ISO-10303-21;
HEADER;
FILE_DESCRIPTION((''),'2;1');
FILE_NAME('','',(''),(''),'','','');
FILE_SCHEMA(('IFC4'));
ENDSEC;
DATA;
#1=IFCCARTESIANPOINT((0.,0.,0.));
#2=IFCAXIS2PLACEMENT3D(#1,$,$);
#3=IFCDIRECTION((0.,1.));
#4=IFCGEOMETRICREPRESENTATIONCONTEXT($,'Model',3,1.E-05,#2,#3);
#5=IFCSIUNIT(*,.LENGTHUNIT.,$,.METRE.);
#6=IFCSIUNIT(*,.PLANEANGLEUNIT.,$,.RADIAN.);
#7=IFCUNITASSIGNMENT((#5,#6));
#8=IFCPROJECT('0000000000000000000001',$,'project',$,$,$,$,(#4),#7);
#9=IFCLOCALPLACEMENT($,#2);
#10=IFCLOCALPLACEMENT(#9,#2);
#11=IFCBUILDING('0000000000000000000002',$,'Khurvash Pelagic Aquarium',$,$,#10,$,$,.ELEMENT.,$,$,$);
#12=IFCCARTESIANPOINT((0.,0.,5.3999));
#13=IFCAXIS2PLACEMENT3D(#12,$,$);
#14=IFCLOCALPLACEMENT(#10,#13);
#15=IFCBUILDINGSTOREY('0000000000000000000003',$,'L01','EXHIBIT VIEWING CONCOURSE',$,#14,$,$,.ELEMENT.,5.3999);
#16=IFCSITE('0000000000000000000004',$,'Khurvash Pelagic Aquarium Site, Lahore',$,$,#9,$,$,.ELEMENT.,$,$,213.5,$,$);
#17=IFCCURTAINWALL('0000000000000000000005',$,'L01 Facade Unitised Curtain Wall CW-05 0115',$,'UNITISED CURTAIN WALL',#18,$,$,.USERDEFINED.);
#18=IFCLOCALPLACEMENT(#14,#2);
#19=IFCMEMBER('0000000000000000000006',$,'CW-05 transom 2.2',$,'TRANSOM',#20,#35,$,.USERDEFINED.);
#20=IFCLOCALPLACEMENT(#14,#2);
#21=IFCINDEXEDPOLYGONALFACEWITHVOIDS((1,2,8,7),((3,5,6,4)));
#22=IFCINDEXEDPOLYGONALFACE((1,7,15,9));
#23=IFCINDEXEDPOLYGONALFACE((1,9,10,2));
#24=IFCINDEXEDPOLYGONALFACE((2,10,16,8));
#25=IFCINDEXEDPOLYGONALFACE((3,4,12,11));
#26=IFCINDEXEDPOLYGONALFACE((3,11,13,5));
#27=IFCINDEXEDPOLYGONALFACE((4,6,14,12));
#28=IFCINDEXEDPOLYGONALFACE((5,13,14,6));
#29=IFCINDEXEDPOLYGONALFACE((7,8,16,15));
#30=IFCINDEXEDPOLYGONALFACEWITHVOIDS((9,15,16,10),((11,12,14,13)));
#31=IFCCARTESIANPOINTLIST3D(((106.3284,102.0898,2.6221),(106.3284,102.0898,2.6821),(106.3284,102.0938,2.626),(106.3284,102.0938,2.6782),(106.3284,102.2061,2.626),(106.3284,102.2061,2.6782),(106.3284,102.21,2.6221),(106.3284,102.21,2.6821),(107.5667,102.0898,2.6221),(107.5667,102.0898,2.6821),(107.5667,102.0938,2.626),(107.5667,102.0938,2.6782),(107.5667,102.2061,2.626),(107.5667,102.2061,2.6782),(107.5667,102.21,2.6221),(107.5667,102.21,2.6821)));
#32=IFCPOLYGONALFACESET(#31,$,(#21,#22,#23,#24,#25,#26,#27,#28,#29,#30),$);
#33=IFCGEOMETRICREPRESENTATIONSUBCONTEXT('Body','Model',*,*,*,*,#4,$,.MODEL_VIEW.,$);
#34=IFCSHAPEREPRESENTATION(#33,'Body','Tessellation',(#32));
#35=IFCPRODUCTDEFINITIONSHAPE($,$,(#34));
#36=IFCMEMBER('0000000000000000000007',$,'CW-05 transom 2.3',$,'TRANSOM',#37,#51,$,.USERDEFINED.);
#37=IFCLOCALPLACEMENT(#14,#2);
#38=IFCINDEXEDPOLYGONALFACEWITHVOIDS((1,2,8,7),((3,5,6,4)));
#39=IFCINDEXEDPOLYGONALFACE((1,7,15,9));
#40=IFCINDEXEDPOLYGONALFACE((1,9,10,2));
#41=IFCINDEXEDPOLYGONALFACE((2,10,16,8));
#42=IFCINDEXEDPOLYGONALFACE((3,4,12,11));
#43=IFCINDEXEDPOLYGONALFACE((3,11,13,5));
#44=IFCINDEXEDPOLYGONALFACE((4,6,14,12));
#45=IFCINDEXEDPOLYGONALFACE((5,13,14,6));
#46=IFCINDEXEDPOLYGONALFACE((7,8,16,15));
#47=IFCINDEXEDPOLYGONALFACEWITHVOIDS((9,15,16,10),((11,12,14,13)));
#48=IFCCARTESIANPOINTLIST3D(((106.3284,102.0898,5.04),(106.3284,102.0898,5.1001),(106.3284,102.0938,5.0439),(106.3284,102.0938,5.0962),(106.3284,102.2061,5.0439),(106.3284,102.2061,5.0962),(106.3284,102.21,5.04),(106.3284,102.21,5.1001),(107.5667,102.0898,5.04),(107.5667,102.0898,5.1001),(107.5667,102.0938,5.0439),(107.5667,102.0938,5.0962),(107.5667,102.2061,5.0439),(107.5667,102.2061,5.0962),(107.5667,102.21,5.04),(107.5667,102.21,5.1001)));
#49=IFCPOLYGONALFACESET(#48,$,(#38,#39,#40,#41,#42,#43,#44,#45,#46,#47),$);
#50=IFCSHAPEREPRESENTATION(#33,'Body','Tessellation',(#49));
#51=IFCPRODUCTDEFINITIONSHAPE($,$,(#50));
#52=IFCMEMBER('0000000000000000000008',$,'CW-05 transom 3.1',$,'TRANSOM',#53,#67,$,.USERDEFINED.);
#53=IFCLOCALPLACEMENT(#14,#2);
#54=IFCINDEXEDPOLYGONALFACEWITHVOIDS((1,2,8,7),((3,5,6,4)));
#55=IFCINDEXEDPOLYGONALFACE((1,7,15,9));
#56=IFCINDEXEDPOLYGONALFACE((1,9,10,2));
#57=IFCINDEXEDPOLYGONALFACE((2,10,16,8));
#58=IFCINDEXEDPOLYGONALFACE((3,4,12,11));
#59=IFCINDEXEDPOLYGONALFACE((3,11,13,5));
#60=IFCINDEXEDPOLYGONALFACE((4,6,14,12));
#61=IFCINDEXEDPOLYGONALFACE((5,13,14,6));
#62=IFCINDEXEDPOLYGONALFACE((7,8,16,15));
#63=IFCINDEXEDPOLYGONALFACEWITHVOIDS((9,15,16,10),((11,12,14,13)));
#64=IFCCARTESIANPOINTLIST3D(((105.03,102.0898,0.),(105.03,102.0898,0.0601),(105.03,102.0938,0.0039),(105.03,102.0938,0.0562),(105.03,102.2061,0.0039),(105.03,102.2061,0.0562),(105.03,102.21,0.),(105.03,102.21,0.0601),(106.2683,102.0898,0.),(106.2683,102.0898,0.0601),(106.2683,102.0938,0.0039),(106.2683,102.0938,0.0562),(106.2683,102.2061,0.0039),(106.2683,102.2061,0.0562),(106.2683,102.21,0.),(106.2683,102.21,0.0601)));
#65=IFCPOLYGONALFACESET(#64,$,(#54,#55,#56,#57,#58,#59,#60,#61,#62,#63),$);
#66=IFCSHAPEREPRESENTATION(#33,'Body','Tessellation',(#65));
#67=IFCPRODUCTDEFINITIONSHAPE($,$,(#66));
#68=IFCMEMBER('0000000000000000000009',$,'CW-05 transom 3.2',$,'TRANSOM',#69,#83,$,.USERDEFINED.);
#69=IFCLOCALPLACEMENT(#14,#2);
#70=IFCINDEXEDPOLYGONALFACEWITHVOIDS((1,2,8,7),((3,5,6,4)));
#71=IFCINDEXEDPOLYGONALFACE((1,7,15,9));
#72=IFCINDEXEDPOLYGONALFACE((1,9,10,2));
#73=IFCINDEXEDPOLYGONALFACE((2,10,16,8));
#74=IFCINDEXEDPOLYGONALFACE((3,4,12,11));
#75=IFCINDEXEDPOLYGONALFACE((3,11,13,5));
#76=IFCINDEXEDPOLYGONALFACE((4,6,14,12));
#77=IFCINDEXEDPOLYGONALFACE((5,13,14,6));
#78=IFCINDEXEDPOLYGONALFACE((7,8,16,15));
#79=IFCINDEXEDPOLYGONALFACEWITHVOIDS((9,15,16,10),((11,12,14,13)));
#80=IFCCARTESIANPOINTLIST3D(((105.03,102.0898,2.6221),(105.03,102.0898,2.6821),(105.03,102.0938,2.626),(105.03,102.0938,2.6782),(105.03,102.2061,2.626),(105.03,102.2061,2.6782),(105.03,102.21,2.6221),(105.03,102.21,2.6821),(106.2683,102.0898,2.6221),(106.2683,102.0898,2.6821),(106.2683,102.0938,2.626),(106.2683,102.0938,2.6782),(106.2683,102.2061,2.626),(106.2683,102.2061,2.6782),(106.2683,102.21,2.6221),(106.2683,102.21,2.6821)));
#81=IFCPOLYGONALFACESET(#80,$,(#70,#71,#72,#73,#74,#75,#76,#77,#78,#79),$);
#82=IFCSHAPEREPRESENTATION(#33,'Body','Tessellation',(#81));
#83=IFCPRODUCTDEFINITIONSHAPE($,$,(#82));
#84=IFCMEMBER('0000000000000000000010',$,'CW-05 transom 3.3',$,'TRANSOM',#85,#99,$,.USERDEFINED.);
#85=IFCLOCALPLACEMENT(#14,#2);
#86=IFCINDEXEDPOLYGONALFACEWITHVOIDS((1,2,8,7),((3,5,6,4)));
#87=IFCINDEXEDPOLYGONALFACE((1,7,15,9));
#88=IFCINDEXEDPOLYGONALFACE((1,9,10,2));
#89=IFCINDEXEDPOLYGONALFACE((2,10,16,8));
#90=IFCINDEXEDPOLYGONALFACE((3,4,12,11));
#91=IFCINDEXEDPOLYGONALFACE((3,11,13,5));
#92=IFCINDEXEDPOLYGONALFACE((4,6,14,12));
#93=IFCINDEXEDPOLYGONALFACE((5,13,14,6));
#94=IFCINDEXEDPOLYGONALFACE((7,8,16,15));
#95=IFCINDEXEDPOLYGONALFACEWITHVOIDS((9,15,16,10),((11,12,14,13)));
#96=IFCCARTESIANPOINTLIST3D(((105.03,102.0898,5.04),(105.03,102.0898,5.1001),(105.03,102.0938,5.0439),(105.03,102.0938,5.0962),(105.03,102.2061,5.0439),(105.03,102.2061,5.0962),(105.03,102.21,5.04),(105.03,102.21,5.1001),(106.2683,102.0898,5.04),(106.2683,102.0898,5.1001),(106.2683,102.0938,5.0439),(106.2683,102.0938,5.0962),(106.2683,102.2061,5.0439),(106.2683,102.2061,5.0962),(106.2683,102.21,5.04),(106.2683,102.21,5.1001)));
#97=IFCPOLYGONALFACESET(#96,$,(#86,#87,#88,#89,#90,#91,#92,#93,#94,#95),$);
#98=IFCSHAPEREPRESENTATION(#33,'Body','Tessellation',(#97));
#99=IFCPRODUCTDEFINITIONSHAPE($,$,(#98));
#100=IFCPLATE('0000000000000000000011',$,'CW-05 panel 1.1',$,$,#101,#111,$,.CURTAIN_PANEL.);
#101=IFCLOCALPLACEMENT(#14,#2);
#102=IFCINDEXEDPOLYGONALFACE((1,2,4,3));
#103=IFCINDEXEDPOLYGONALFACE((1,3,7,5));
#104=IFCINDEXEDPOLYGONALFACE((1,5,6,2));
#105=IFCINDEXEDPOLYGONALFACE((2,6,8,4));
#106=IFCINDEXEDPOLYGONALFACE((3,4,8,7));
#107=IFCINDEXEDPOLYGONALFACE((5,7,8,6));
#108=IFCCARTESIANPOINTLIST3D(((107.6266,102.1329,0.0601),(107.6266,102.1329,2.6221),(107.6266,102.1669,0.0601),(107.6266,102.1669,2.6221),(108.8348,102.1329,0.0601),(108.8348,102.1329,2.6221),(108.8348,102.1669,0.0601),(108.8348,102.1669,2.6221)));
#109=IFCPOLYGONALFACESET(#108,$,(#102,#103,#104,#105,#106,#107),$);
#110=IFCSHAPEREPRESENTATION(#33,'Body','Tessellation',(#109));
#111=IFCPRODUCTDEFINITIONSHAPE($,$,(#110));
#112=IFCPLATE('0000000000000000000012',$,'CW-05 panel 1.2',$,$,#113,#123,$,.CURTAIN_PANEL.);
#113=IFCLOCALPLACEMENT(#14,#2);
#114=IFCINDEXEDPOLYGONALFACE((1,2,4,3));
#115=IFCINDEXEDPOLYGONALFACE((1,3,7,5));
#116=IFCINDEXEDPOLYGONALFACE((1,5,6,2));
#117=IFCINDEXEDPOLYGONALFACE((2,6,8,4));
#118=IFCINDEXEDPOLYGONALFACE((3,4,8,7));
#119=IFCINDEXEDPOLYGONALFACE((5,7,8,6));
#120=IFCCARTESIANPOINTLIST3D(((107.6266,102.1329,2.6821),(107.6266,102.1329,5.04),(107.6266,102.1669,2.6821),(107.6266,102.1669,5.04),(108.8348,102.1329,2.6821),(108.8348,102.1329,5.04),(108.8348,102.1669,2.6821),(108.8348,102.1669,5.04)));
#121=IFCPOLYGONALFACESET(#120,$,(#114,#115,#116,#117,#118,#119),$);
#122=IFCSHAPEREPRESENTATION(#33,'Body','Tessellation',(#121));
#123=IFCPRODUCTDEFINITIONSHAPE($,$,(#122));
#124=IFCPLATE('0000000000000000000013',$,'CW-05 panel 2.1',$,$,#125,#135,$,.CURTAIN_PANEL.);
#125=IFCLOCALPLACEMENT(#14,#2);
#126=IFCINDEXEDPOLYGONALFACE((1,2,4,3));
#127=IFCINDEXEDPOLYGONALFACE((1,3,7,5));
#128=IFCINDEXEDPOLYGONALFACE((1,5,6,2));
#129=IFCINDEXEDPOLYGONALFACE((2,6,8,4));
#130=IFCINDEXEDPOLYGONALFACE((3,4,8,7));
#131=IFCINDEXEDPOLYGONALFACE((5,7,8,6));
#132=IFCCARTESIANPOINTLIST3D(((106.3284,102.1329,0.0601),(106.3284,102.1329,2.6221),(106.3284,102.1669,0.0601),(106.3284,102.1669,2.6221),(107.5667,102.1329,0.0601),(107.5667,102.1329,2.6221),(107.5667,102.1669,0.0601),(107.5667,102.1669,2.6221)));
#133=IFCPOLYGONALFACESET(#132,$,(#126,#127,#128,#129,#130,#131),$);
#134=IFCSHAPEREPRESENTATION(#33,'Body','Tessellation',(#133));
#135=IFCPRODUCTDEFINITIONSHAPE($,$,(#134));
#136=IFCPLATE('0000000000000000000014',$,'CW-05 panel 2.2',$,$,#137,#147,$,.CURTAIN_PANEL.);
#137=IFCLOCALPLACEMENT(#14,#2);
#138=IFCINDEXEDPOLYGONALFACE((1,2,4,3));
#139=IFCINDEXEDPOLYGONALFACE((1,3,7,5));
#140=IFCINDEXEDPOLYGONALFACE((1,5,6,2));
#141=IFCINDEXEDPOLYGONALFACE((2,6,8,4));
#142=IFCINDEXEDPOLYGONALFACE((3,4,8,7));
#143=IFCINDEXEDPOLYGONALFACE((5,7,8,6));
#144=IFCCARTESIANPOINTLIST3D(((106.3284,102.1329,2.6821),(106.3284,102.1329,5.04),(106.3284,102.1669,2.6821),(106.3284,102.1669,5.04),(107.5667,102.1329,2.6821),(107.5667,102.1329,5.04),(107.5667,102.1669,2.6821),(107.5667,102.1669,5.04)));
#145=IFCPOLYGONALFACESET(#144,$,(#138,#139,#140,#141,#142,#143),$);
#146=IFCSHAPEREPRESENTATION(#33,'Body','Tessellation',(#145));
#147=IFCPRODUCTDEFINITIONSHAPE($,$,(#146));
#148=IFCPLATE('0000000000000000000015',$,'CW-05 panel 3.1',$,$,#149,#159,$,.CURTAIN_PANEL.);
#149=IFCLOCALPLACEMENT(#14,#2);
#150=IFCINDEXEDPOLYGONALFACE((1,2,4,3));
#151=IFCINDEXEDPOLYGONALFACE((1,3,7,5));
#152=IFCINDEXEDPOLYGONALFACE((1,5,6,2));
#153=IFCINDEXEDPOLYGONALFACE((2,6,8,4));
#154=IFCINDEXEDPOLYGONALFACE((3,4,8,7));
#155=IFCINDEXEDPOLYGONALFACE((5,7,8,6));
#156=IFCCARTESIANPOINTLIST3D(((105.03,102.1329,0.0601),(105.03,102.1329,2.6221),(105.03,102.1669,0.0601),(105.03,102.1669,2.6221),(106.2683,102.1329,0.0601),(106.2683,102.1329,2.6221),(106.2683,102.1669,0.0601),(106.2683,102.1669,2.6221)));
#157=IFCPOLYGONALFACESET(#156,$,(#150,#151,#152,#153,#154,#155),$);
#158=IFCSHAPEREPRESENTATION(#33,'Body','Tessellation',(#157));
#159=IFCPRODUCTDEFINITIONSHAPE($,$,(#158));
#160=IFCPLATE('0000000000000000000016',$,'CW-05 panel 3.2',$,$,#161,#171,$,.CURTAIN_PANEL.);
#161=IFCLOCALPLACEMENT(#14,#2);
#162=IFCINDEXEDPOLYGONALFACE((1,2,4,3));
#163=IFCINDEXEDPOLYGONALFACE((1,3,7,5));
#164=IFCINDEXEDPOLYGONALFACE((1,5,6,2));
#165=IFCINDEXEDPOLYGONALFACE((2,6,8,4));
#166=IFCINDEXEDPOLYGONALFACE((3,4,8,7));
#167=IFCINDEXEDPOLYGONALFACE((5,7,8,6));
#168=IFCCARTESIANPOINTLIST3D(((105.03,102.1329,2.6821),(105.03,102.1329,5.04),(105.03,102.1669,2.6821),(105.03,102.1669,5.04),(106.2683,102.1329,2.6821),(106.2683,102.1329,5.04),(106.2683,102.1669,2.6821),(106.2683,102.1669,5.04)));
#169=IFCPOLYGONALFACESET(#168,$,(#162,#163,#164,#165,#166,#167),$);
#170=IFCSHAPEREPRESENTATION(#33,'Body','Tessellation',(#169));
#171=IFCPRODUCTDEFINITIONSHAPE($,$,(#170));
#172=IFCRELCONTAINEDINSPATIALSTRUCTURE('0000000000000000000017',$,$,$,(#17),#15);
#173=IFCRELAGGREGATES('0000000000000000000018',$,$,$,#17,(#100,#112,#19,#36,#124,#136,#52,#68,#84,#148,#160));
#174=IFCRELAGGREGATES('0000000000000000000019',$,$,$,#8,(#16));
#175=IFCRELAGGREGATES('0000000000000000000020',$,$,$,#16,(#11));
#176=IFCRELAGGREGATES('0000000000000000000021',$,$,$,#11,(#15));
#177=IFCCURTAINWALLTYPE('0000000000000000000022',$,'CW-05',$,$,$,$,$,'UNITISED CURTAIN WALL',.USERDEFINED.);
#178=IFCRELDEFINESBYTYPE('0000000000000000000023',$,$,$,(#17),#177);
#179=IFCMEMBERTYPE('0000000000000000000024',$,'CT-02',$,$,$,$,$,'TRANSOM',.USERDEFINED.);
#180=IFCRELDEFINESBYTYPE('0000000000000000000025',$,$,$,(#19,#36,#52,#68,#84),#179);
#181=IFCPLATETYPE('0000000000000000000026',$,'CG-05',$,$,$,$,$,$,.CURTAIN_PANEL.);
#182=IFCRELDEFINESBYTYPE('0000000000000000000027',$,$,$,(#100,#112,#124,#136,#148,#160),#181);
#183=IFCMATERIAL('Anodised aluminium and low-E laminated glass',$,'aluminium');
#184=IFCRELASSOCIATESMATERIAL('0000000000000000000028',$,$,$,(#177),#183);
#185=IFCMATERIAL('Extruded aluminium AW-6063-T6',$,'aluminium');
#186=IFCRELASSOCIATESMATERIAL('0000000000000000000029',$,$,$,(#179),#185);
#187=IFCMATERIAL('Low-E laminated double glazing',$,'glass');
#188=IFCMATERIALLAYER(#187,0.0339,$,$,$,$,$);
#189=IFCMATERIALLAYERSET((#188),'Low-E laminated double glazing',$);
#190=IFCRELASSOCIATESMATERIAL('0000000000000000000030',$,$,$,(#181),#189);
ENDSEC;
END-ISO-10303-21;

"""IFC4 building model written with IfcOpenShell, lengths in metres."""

from ifc_helpers import new_model, si_unit, direction, frame, origin, origin_2d, place, context, subcontext, project, spatial, rectangle, hollow_rectangle, extrude, material, layer, layer_set, material_profile, profile_set, type_object, element, aggregate, save


model = new_model("IFC4")

# Units and contexts
model_context = context("Model", 3, precision=1e-05, world=origin(), true_north=direction((0.0, 1.0)))
body_context = subcontext(model_context, "Body", "Model", "MODEL_VIEW")
ifc_project = project(units=[si_unit("LENGTHUNIT", "METRE"), si_unit("PLANEANGLEUNIT", "RADIAN")], contexts=[model_context])

# Site, building, storey
site_placement = place(None, origin())
site = spatial("IfcSite", under=ifc_project, at=site_placement, Name="Khurvash Pelagic Aquarium Site, Lahore", CompositionType="ELEMENT", RefElevation=213.5)
building_placement = place(site_placement, origin())
building = spatial("IfcBuilding", under=site, at=building_placement, Name="Khurvash Pelagic Aquarium", CompositionType="ELEMENT")
storey_placement = place(building_placement, frame((0.0, 0.0, 5.3999)))
storey = spatial("IfcBuildingStorey", under=building, at=storey_placement, Name="L01", Description="EXHIBIT VIEWING CONCOURSE", CompositionType="ELEMENT", Elevation=5.3999)

# Curtain wall, members, plates
ifc_material_1 = material(Name="Anodised aluminium and low-E laminated glass", Category="aluminium")
curtain_wall_type = type_object("IfcCurtainWallType", Name="CW-05", ElementType="UNITISED CURTAIN WALL", PredefinedType="USERDEFINED", material=ifc_material_1)
curtain_wall_placement = place(storey_placement, origin())
curtain_wall = element("IfcCurtainWall", 1, at=curtain_wall_placement, inside=storey, type_object=curtain_wall_type, Name="L01 Facade Unitised Curtain Wall CW-05 0115", ObjectType="UNITISED CURTAIN WALL", PredefinedType="USERDEFINED")
ifc_material_2 = material(Name="Extruded aluminium AW-6063-T6", Category="aluminium")
ifc_material_profile_1 = material_profile(ifc_material_2, hollow_rectangle(XDim=0.1201, YDim=0.0601, WallThickness=0.0039, at=origin_2d()), Name="CWT120X60X4")
ifc_profile_set_1 = profile_set([ifc_material_profile_1], Name="Extruded aluminium AW-6063-T6")
member_type_1 = type_object("IfcMemberType", Name="CT-02", ElementType="TRANSOM", PredefinedType="USERDEFINED", material=ifc_profile_set_1)
member_1_placement = place(storey_placement, frame((107.5667, 102.1499, 2.6521), z_axis=(-1.0, 0.0, 0.0), x_axis=(0.0, -1.0, 0.0)))
member_1 = element("IfcMember", 2, at=member_1_placement, type_object=member_type_1, Name="CW-05 transom 2.2", ObjectType="TRANSOM", PredefinedType="USERDEFINED", context=body_context, shape_type="SweptSolid", body=[
    extrude(hollow_rectangle(XDim=0.1201, YDim=0.0601, WallThickness=0.0039, at=origin_2d()), origin(), (0.0, 0.0, 1.0), 1.2383),
])
member_2_placement = place(storey_placement, frame((107.5667, 102.1499, 5.0701), z_axis=(-1.0, 0.0, 0.0), x_axis=(0.0, -1.0, 0.0)))
member_2 = element("IfcMember", 3, at=member_2_placement, type_object=member_type_1, Name="CW-05 transom 2.3", ObjectType="TRANSOM", PredefinedType="USERDEFINED", context=body_context, shape_type="SweptSolid", body=[
    extrude(hollow_rectangle(XDim=0.1201, YDim=0.0601, WallThickness=0.0039, at=origin_2d()), origin(), (0.0, 0.0, 1.0), 1.2383),
])
member_3_placement = place(storey_placement, frame((106.2683, 102.1499, 0.03), z_axis=(-1.0, 0.0, 0.0), x_axis=(0.0, -1.0, 0.0)))
member_3 = element("IfcMember", 4, at=member_3_placement, type_object=member_type_1, Name="CW-05 transom 3.1", ObjectType="TRANSOM", PredefinedType="USERDEFINED", context=body_context, shape_type="SweptSolid", body=[
    extrude(hollow_rectangle(XDim=0.1201, YDim=0.0601, WallThickness=0.0039, at=origin_2d()), origin(), (0.0, 0.0, 1.0), 1.2383),
])
member_4_placement = place(storey_placement, frame((106.2683, 102.1499, 2.6521), z_axis=(-1.0, 0.0, 0.0), x_axis=(0.0, -1.0, 0.0)))
member_4 = element("IfcMember", 5, at=member_4_placement, type_object=member_type_1, Name="CW-05 transom 3.2", ObjectType="TRANSOM", PredefinedType="USERDEFINED", context=body_context, shape_type="SweptSolid", body=[
    extrude(hollow_rectangle(XDim=0.1201, YDim=0.0601, WallThickness=0.0039, at=origin_2d()), origin(), (0.0, 0.0, 1.0), 1.2383),
])
member_5_placement = place(storey_placement, frame((106.2683, 102.1499, 5.0701), z_axis=(-1.0, 0.0, 0.0), x_axis=(0.0, -1.0, 0.0)))
member_5 = element("IfcMember", 6, at=member_5_placement, type_object=member_type_1, Name="CW-05 transom 3.3", ObjectType="TRANSOM", PredefinedType="USERDEFINED", context=body_context, shape_type="SweptSolid", body=[
    extrude(hollow_rectangle(XDim=0.1201, YDim=0.0601, WallThickness=0.0039, at=origin_2d()), origin(), (0.0, 0.0, 1.0), 1.2383),
])
ifc_material_3 = material(Name="Low-E laminated double glazing", Category="glass")
ifc_layer = layer(ifc_material_3, 0.0339)
ifc_layer_set = layer_set([ifc_layer], Name="Low-E laminated double glazing")
plate_type = type_object("IfcPlateType", Name="CG-05", PredefinedType="CURTAIN_PANEL", material=ifc_layer_set)
plate_1_placement = place(storey_placement, frame((108.2307, 102.1499, 0.0601), z_axis=(0.0, 0.0, 1.0), x_axis=(-1.0, 0.0, 0.0)))
plate_1 = element("IfcPlate", 7, at=plate_1_placement, type_object=plate_type, Name="CW-05 panel 1.1", PredefinedType="CURTAIN_PANEL", context=body_context, shape_type="SweptSolid", body=[
    extrude(rectangle(XDim=1.2083, YDim=0.0339, at=origin_2d()), origin(), (0.0, 0.0, 1.0), 2.562),
])
plate_2_placement = place(storey_placement, frame((108.2307, 102.1499, 2.6821), z_axis=(0.0, 0.0, 1.0), x_axis=(-1.0, 0.0, 0.0)))
plate_2 = element("IfcPlate", 8, at=plate_2_placement, type_object=plate_type, Name="CW-05 panel 1.2", PredefinedType="CURTAIN_PANEL", context=body_context, shape_type="SweptSolid", body=[
    extrude(rectangle(XDim=1.2083, YDim=0.0339, at=origin_2d()), origin(), (0.0, 0.0, 1.0), 2.3579),
])
plate_3_placement = place(storey_placement, frame((106.9475, 102.1499, 0.0601), z_axis=(0.0, 0.0, 1.0), x_axis=(-1.0, 0.0, 0.0)))
plate_3 = element("IfcPlate", 9, at=plate_3_placement, type_object=plate_type, Name="CW-05 panel 2.1", PredefinedType="CURTAIN_PANEL", context=body_context, shape_type="SweptSolid", body=[
    extrude(rectangle(XDim=1.2383, YDim=0.0339, at=origin_2d()), origin(), (0.0, 0.0, 1.0), 2.562),
])
plate_4_placement = place(storey_placement, frame((106.9475, 102.1499, 2.6821), z_axis=(0.0, 0.0, 1.0), x_axis=(-1.0, 0.0, 0.0)))
plate_4 = element("IfcPlate", 10, at=plate_4_placement, type_object=plate_type, Name="CW-05 panel 2.2", PredefinedType="CURTAIN_PANEL", context=body_context, shape_type="SweptSolid", body=[
    extrude(rectangle(XDim=1.2383, YDim=0.0339, at=origin_2d()), origin(), (0.0, 0.0, 1.0), 2.3579),
])
plate_5_placement = place(storey_placement, frame((105.6492, 102.1499, 0.0601), z_axis=(0.0, 0.0, 1.0), x_axis=(-1.0, 0.0, 0.0)))
plate_5 = element("IfcPlate", 11, at=plate_5_placement, type_object=plate_type, Name="CW-05 panel 3.1", PredefinedType="CURTAIN_PANEL", context=body_context, shape_type="SweptSolid", body=[
    extrude(rectangle(XDim=1.2383, YDim=0.0339, at=origin_2d()), origin(), (0.0, 0.0, 1.0), 2.562),
])
plate_6_placement = place(storey_placement, frame((105.6492, 102.1499, 2.6821), z_axis=(0.0, 0.0, 1.0), x_axis=(-1.0, 0.0, 0.0)))
plate_6 = element("IfcPlate", 12, at=plate_6_placement, type_object=plate_type, Name="CW-05 panel 3.2", PredefinedType="CURTAIN_PANEL", context=body_context, shape_type="SweptSolid", body=[
    extrude(rectangle(XDim=1.2383, YDim=0.0339, at=origin_2d()), origin(), (0.0, 0.0, 1.0), 2.3579),
])
aggregate(curtain_wall, [plate_1, plate_2, member_1, member_2, plate_3, plate_4, member_3, member_4, member_5, plate_5, plate_6])

save(model, "model.ifc")
